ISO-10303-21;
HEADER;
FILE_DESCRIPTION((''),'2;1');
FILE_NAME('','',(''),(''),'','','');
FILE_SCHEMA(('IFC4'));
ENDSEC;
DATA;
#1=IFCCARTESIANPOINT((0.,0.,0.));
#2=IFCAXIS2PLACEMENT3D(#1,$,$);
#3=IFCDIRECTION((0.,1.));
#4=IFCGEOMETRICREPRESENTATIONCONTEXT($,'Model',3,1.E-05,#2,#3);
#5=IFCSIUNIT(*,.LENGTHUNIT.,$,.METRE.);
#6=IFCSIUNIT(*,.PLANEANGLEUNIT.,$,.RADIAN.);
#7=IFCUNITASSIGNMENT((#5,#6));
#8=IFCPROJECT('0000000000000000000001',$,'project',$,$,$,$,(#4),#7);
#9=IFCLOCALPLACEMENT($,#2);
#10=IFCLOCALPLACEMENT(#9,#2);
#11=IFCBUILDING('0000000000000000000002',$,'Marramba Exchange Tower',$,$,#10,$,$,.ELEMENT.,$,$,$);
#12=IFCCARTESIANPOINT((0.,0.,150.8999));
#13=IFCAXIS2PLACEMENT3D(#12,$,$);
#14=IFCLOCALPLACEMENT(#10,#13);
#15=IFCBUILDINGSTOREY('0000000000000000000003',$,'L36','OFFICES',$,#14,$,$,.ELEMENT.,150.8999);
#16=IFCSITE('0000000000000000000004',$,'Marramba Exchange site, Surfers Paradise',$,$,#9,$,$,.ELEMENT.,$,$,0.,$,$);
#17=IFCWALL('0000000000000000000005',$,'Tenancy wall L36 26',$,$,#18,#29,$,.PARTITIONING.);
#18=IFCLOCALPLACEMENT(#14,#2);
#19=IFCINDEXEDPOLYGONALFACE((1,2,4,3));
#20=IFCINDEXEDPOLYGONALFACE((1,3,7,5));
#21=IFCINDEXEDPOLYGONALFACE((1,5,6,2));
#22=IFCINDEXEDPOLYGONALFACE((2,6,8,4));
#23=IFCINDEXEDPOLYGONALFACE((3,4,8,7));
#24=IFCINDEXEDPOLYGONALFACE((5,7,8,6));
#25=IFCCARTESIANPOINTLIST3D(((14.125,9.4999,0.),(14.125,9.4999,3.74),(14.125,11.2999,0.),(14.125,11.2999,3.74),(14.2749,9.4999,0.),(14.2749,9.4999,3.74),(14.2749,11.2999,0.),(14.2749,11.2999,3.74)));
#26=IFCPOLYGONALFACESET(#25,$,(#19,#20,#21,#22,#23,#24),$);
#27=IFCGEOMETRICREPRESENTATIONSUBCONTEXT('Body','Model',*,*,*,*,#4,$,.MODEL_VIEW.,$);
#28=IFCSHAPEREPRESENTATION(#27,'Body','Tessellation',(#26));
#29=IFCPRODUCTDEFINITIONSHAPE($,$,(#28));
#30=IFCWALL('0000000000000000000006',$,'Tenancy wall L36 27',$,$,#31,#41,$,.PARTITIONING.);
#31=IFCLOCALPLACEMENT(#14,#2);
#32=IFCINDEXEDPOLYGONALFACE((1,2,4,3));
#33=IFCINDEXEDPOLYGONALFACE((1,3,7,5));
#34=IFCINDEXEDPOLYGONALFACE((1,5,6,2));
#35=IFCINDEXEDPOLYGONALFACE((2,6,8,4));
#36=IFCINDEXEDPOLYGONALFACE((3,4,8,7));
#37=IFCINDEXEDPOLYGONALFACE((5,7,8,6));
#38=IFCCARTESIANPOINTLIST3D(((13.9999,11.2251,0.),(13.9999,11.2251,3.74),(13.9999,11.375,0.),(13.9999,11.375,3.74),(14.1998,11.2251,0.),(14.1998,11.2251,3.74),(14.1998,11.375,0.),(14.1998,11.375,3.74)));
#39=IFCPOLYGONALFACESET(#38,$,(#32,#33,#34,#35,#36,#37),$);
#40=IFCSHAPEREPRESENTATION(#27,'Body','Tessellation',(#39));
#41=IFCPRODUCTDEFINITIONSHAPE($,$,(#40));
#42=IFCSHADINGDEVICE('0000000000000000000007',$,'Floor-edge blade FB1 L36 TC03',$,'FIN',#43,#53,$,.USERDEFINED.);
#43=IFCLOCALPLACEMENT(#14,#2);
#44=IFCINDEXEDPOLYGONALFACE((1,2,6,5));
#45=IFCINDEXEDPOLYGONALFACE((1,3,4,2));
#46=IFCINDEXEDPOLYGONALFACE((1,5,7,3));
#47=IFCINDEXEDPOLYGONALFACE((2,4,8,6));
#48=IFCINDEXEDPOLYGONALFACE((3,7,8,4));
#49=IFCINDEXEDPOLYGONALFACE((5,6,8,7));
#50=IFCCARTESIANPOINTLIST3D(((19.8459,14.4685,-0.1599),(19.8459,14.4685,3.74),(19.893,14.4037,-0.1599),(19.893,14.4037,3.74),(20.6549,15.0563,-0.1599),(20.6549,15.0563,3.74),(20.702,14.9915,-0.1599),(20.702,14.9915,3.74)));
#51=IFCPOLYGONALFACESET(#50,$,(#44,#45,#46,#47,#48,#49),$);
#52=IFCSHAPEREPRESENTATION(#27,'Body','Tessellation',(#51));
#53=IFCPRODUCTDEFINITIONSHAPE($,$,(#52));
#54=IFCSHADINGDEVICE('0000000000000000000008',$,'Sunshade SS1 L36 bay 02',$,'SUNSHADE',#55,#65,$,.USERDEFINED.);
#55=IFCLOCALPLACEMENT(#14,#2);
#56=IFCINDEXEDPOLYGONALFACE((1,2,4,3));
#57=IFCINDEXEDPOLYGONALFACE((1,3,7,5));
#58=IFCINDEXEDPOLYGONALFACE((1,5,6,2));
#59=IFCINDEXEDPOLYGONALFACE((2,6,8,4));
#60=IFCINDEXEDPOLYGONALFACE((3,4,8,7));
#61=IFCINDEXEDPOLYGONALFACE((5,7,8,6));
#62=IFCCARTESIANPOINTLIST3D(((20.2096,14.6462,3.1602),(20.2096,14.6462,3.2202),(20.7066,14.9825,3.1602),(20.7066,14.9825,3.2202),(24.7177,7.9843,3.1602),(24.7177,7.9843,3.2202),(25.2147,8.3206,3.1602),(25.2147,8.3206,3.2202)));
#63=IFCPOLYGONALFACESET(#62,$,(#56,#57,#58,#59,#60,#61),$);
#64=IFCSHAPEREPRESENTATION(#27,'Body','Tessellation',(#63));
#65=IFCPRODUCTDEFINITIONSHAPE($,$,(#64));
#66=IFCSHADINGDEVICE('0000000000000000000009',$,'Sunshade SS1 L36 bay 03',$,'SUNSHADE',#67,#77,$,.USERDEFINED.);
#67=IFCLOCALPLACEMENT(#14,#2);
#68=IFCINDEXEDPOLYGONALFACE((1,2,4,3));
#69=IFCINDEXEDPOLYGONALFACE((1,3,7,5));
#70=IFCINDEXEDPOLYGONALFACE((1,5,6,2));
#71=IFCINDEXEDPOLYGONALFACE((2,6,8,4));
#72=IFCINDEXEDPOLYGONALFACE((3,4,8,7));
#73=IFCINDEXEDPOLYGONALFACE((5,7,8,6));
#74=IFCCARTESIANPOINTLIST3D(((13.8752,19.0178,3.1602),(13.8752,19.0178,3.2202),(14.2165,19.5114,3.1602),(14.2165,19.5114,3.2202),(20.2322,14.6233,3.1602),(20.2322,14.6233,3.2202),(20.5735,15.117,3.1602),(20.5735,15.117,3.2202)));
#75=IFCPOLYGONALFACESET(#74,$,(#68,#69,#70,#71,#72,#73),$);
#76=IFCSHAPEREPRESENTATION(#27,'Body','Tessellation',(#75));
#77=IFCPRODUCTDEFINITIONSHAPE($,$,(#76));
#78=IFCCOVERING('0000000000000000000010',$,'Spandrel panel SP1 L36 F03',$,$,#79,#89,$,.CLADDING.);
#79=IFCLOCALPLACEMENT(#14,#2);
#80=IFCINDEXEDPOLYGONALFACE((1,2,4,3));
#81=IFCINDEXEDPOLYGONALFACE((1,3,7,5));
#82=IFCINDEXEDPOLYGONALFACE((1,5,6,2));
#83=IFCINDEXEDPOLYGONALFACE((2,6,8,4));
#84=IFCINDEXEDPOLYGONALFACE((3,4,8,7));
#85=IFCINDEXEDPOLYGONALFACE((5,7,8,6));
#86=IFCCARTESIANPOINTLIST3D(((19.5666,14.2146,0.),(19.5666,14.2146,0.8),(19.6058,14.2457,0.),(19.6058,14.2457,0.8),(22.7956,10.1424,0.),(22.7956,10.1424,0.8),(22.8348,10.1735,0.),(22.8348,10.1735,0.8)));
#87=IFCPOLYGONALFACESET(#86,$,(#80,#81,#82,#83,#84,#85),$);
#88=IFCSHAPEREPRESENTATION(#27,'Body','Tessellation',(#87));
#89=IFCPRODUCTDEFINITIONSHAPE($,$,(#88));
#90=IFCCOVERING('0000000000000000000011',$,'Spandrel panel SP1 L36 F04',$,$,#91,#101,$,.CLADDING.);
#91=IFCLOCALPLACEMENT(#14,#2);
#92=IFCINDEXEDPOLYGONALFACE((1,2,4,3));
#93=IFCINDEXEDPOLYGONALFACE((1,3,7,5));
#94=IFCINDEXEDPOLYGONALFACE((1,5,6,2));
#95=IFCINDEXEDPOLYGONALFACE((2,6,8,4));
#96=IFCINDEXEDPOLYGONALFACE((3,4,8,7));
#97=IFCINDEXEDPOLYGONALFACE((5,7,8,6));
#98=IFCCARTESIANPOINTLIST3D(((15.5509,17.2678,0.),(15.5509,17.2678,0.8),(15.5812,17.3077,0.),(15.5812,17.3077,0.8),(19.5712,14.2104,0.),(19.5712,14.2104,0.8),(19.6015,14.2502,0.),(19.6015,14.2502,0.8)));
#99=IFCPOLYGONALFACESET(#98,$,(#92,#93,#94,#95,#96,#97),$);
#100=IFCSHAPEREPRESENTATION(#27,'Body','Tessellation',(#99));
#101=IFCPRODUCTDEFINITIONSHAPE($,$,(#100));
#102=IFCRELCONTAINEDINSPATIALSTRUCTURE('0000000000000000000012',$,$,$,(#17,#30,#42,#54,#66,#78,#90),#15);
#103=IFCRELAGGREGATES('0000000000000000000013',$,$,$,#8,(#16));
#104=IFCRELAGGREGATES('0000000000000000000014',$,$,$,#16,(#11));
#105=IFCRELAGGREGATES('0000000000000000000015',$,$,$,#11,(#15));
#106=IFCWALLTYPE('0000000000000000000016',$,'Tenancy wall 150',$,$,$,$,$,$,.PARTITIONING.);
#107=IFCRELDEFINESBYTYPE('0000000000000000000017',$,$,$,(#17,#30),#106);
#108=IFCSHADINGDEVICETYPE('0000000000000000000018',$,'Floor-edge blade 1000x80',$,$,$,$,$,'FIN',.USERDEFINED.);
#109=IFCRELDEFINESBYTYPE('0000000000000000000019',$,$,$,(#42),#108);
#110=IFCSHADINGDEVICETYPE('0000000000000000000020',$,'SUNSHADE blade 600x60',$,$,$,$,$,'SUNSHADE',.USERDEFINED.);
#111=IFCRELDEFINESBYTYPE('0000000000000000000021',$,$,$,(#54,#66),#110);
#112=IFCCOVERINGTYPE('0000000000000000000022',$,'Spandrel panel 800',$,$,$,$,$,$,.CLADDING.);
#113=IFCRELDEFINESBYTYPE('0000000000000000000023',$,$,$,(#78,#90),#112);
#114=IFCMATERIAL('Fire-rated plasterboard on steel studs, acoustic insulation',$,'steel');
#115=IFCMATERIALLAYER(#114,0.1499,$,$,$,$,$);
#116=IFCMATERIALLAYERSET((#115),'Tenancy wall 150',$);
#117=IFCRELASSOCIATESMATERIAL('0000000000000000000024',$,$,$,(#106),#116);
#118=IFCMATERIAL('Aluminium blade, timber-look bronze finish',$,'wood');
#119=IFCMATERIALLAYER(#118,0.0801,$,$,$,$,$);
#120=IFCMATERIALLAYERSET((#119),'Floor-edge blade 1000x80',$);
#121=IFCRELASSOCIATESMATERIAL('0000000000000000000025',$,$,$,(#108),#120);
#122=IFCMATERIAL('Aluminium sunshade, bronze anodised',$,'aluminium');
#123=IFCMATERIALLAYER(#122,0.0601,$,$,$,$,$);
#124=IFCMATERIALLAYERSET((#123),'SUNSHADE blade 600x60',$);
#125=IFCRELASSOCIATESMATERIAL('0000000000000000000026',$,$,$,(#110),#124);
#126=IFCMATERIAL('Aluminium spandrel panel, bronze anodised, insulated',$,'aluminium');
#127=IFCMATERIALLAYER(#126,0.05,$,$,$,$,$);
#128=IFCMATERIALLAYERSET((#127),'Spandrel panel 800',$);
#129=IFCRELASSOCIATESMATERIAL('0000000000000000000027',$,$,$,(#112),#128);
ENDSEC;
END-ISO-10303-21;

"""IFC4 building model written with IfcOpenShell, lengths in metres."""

from ifc_helpers import new_model, si_unit, direction, frame, frame_2d, origin, origin_2d, place, context, subcontext, project, spatial, rectangle, extrude, material, layer, layer_set, type_object, element, save


model = new_model("IFC4")

# Units and contexts
model_context = context("Model", 3, precision=1e-05, world=origin(), true_north=direction((0.0, 1.0)))
body_context = subcontext(model_context, "Body", "Model", "MODEL_VIEW")
ifc_project = project(units=[si_unit("LENGTHUNIT", "METRE"), si_unit("PLANEANGLEUNIT", "RADIAN")], contexts=[model_context])

# Site, building, storey
site_placement = place(None, origin())
site = spatial("IfcSite", under=ifc_project, at=site_placement, Name="Marramba Exchange site, Surfers Paradise", CompositionType="ELEMENT", RefElevation=0.0)
building_placement = place(site_placement, origin())
building = spatial("IfcBuilding", under=site, at=building_placement, Name="Marramba Exchange Tower", CompositionType="ELEMENT")
storey_placement = place(building_placement, frame((0.0, 0.0, 150.8999)))
storey = spatial("IfcBuildingStorey", under=building, at=storey_placement, Name="L36", Description="OFFICES", CompositionType="ELEMENT", Elevation=150.8999)

# Walls
ifc_material_1 = material(Name="Fire-rated plasterboard on steel studs, acoustic insulation", Category="steel")
ifc_layer_1 = layer(ifc_material_1, 0.1499)
ifc_layer_set_1 = layer_set([ifc_layer_1], Name="Tenancy wall 150")
wall_type_1 = type_object("IfcWallType", Name="Tenancy wall 150", PredefinedType="PARTITIONING", material=ifc_layer_set_1)
wall_1_placement = place(storey_placement, frame((14.2, 9.5, 0.0), z_axis=(0.0, 0.0, 1.0), x_axis=(0.0, 1.0, 0.0)))
element("IfcWall", 1, at=wall_1_placement, inside=storey, type_object=wall_type_1, Name="Tenancy wall L36 26", PredefinedType="PARTITIONING", context=body_context, shape_type="SweptSolid", body=[
    extrude(rectangle(XDim=1.8, YDim=0.1499, at=frame_2d((0.8999, 0.0))), origin(), (0.0, 0.0, 1.0), 3.74),
])
wall_2_placement = place(storey_placement, frame((14.2, 11.3, 0.0), z_axis=(0.0, 0.0, 1.0), x_axis=(-1.0, 0.0, 0.0)))
element("IfcWall", 2, at=wall_2_placement, inside=storey, type_object=wall_type_1, Name="Tenancy wall L36 27", PredefinedType="PARTITIONING", context=body_context, shape_type="SweptSolid", body=[
    extrude(rectangle(XDim=0.2, YDim=0.1499, at=frame_2d((0.1001, 0.0))), origin(), (0.0, 0.0, 1.0), 3.74),
])

# Shading devices
ifc_material_2 = material(Name="Aluminium blade, timber-look bronze finish", Category="wood")
ifc_layer_2 = layer(ifc_material_2, 0.0801)
ifc_layer_set_2 = layer_set([ifc_layer_2], Name="Floor-edge blade 1000x80")
shading_device_type_1 = type_object("IfcShadingDeviceType", Name="Floor-edge blade 1000x80", ElementType="FIN", PredefinedType="USERDEFINED", material=ifc_layer_set_2)
shading_device_1_placement = place(storey_placement, frame((20.2739, 14.73, -0.1599), z_axis=(0.0, 0.0, 1.0), x_axis=(0.809017, 0.587785, 0.0)))
element("IfcShadingDevice", 3, at=shading_device_1_placement, inside=storey, type_object=shading_device_type_1, Name="Floor-edge blade FB1 L36 TC03", ObjectType="FIN", PredefinedType="USERDEFINED", context=body_context, shape_type="SweptSolid", body=[
    extrude(rectangle(XDim=1.0, YDim=0.0801, at=origin_2d()), origin(), (0.0, 0.0, 1.0), 3.8999),
])
ifc_material_3 = material(Name="Aluminium sunshade, bronze anodised", Category="aluminium")
ifc_layer_3 = layer(ifc_material_3, 0.0601)
ifc_layer_set_3 = layer_set([ifc_layer_3], Name="SUNSHADE blade 600x60")
shading_device_type_2 = type_object("IfcShadingDeviceType", Name="SUNSHADE blade 600x60", ElementType="SUNSHADE", PredefinedType="USERDEFINED", material=ifc_layer_set_3)
shading_device_2_placement = place(storey_placement, frame((22.7122, 11.4834, 3.1602), z_axis=(0.0, 0.0, 1.0), x_axis=(-0.560442, 0.828194, 0.0)))
element("IfcShadingDevice", 4, at=shading_device_2_placement, inside=storey, type_object=shading_device_type_2, Name="Sunshade SS1 L36 bay 02", ObjectType="SUNSHADE", PredefinedType="USERDEFINED", context=body_context, shape_type="SweptSolid", body=[
    extrude(rectangle(XDim=8.0439, YDim=0.6001, at=origin_2d()), origin(), (0.0, 0.0, 1.0), 0.0601),
])
shading_device_3_placement = place(storey_placement, frame((17.2244, 17.0674, 3.1602), z_axis=(0.0, 0.0, 1.0), x_axis=(-0.82259, 0.568636, 0.0)))
element("IfcShadingDevice", 5, at=shading_device_3_placement, inside=storey, type_object=shading_device_type_2, Name="Sunshade SS1 L36 bay 03", ObjectType="SUNSHADE", PredefinedType="USERDEFINED", context=body_context, shape_type="SweptSolid", body=[
    extrude(rectangle(XDim=7.728, YDim=0.6001, at=origin_2d()), origin(), (0.0, 0.0, 1.0), 0.0601),
])

# Coverings
ifc_material_4 = material(Name="Aluminium spandrel panel, bronze anodised, insulated", Category="aluminium")
ifc_layer_4 = layer(ifc_material_4, 0.05)
ifc_layer_set_4 = layer_set([ifc_layer_4], Name="Spandrel panel 800")
covering_type = type_object("IfcCoveringType", Name="Spandrel panel 800", PredefinedType="CLADDING", material=ifc_layer_set_4)
covering_1_placement = place(storey_placement, frame((21.2007, 12.1941, 0.0), z_axis=(0.0, 0.0, 1.0), x_axis=(-0.621312, 0.783563, 0.0)))
element("IfcCovering", 6, at=covering_1_placement, inside=storey, type_object=covering_type, Name="Spandrel panel SP1 L36 F03", PredefinedType="CLADDING", context=body_context, shape_type="SweptSolid", body=[
    extrude(rectangle(XDim=5.197, YDim=0.05, at=origin_2d()), origin(), (0.0, 0.0, 1.0), 0.8),
])
covering_2_placement = place(storey_placement, frame((17.5762, 15.759, 0.0), z_axis=(0.0, 0.0, 1.0), x_axis=(-0.795972, 0.605334, 0.0)))
element("IfcCovering", 7, at=covering_2_placement, inside=storey, type_object=covering_type, Name="Spandrel panel SP1 L36 F04", PredefinedType="CLADDING", context=body_context, shape_type="SweptSolid", body=[
    extrude(rectangle(XDim=5.0508, YDim=0.05, at=origin_2d()), origin(), (0.0, 0.0, 1.0), 0.8),
])

save(model, "model.ifc")
